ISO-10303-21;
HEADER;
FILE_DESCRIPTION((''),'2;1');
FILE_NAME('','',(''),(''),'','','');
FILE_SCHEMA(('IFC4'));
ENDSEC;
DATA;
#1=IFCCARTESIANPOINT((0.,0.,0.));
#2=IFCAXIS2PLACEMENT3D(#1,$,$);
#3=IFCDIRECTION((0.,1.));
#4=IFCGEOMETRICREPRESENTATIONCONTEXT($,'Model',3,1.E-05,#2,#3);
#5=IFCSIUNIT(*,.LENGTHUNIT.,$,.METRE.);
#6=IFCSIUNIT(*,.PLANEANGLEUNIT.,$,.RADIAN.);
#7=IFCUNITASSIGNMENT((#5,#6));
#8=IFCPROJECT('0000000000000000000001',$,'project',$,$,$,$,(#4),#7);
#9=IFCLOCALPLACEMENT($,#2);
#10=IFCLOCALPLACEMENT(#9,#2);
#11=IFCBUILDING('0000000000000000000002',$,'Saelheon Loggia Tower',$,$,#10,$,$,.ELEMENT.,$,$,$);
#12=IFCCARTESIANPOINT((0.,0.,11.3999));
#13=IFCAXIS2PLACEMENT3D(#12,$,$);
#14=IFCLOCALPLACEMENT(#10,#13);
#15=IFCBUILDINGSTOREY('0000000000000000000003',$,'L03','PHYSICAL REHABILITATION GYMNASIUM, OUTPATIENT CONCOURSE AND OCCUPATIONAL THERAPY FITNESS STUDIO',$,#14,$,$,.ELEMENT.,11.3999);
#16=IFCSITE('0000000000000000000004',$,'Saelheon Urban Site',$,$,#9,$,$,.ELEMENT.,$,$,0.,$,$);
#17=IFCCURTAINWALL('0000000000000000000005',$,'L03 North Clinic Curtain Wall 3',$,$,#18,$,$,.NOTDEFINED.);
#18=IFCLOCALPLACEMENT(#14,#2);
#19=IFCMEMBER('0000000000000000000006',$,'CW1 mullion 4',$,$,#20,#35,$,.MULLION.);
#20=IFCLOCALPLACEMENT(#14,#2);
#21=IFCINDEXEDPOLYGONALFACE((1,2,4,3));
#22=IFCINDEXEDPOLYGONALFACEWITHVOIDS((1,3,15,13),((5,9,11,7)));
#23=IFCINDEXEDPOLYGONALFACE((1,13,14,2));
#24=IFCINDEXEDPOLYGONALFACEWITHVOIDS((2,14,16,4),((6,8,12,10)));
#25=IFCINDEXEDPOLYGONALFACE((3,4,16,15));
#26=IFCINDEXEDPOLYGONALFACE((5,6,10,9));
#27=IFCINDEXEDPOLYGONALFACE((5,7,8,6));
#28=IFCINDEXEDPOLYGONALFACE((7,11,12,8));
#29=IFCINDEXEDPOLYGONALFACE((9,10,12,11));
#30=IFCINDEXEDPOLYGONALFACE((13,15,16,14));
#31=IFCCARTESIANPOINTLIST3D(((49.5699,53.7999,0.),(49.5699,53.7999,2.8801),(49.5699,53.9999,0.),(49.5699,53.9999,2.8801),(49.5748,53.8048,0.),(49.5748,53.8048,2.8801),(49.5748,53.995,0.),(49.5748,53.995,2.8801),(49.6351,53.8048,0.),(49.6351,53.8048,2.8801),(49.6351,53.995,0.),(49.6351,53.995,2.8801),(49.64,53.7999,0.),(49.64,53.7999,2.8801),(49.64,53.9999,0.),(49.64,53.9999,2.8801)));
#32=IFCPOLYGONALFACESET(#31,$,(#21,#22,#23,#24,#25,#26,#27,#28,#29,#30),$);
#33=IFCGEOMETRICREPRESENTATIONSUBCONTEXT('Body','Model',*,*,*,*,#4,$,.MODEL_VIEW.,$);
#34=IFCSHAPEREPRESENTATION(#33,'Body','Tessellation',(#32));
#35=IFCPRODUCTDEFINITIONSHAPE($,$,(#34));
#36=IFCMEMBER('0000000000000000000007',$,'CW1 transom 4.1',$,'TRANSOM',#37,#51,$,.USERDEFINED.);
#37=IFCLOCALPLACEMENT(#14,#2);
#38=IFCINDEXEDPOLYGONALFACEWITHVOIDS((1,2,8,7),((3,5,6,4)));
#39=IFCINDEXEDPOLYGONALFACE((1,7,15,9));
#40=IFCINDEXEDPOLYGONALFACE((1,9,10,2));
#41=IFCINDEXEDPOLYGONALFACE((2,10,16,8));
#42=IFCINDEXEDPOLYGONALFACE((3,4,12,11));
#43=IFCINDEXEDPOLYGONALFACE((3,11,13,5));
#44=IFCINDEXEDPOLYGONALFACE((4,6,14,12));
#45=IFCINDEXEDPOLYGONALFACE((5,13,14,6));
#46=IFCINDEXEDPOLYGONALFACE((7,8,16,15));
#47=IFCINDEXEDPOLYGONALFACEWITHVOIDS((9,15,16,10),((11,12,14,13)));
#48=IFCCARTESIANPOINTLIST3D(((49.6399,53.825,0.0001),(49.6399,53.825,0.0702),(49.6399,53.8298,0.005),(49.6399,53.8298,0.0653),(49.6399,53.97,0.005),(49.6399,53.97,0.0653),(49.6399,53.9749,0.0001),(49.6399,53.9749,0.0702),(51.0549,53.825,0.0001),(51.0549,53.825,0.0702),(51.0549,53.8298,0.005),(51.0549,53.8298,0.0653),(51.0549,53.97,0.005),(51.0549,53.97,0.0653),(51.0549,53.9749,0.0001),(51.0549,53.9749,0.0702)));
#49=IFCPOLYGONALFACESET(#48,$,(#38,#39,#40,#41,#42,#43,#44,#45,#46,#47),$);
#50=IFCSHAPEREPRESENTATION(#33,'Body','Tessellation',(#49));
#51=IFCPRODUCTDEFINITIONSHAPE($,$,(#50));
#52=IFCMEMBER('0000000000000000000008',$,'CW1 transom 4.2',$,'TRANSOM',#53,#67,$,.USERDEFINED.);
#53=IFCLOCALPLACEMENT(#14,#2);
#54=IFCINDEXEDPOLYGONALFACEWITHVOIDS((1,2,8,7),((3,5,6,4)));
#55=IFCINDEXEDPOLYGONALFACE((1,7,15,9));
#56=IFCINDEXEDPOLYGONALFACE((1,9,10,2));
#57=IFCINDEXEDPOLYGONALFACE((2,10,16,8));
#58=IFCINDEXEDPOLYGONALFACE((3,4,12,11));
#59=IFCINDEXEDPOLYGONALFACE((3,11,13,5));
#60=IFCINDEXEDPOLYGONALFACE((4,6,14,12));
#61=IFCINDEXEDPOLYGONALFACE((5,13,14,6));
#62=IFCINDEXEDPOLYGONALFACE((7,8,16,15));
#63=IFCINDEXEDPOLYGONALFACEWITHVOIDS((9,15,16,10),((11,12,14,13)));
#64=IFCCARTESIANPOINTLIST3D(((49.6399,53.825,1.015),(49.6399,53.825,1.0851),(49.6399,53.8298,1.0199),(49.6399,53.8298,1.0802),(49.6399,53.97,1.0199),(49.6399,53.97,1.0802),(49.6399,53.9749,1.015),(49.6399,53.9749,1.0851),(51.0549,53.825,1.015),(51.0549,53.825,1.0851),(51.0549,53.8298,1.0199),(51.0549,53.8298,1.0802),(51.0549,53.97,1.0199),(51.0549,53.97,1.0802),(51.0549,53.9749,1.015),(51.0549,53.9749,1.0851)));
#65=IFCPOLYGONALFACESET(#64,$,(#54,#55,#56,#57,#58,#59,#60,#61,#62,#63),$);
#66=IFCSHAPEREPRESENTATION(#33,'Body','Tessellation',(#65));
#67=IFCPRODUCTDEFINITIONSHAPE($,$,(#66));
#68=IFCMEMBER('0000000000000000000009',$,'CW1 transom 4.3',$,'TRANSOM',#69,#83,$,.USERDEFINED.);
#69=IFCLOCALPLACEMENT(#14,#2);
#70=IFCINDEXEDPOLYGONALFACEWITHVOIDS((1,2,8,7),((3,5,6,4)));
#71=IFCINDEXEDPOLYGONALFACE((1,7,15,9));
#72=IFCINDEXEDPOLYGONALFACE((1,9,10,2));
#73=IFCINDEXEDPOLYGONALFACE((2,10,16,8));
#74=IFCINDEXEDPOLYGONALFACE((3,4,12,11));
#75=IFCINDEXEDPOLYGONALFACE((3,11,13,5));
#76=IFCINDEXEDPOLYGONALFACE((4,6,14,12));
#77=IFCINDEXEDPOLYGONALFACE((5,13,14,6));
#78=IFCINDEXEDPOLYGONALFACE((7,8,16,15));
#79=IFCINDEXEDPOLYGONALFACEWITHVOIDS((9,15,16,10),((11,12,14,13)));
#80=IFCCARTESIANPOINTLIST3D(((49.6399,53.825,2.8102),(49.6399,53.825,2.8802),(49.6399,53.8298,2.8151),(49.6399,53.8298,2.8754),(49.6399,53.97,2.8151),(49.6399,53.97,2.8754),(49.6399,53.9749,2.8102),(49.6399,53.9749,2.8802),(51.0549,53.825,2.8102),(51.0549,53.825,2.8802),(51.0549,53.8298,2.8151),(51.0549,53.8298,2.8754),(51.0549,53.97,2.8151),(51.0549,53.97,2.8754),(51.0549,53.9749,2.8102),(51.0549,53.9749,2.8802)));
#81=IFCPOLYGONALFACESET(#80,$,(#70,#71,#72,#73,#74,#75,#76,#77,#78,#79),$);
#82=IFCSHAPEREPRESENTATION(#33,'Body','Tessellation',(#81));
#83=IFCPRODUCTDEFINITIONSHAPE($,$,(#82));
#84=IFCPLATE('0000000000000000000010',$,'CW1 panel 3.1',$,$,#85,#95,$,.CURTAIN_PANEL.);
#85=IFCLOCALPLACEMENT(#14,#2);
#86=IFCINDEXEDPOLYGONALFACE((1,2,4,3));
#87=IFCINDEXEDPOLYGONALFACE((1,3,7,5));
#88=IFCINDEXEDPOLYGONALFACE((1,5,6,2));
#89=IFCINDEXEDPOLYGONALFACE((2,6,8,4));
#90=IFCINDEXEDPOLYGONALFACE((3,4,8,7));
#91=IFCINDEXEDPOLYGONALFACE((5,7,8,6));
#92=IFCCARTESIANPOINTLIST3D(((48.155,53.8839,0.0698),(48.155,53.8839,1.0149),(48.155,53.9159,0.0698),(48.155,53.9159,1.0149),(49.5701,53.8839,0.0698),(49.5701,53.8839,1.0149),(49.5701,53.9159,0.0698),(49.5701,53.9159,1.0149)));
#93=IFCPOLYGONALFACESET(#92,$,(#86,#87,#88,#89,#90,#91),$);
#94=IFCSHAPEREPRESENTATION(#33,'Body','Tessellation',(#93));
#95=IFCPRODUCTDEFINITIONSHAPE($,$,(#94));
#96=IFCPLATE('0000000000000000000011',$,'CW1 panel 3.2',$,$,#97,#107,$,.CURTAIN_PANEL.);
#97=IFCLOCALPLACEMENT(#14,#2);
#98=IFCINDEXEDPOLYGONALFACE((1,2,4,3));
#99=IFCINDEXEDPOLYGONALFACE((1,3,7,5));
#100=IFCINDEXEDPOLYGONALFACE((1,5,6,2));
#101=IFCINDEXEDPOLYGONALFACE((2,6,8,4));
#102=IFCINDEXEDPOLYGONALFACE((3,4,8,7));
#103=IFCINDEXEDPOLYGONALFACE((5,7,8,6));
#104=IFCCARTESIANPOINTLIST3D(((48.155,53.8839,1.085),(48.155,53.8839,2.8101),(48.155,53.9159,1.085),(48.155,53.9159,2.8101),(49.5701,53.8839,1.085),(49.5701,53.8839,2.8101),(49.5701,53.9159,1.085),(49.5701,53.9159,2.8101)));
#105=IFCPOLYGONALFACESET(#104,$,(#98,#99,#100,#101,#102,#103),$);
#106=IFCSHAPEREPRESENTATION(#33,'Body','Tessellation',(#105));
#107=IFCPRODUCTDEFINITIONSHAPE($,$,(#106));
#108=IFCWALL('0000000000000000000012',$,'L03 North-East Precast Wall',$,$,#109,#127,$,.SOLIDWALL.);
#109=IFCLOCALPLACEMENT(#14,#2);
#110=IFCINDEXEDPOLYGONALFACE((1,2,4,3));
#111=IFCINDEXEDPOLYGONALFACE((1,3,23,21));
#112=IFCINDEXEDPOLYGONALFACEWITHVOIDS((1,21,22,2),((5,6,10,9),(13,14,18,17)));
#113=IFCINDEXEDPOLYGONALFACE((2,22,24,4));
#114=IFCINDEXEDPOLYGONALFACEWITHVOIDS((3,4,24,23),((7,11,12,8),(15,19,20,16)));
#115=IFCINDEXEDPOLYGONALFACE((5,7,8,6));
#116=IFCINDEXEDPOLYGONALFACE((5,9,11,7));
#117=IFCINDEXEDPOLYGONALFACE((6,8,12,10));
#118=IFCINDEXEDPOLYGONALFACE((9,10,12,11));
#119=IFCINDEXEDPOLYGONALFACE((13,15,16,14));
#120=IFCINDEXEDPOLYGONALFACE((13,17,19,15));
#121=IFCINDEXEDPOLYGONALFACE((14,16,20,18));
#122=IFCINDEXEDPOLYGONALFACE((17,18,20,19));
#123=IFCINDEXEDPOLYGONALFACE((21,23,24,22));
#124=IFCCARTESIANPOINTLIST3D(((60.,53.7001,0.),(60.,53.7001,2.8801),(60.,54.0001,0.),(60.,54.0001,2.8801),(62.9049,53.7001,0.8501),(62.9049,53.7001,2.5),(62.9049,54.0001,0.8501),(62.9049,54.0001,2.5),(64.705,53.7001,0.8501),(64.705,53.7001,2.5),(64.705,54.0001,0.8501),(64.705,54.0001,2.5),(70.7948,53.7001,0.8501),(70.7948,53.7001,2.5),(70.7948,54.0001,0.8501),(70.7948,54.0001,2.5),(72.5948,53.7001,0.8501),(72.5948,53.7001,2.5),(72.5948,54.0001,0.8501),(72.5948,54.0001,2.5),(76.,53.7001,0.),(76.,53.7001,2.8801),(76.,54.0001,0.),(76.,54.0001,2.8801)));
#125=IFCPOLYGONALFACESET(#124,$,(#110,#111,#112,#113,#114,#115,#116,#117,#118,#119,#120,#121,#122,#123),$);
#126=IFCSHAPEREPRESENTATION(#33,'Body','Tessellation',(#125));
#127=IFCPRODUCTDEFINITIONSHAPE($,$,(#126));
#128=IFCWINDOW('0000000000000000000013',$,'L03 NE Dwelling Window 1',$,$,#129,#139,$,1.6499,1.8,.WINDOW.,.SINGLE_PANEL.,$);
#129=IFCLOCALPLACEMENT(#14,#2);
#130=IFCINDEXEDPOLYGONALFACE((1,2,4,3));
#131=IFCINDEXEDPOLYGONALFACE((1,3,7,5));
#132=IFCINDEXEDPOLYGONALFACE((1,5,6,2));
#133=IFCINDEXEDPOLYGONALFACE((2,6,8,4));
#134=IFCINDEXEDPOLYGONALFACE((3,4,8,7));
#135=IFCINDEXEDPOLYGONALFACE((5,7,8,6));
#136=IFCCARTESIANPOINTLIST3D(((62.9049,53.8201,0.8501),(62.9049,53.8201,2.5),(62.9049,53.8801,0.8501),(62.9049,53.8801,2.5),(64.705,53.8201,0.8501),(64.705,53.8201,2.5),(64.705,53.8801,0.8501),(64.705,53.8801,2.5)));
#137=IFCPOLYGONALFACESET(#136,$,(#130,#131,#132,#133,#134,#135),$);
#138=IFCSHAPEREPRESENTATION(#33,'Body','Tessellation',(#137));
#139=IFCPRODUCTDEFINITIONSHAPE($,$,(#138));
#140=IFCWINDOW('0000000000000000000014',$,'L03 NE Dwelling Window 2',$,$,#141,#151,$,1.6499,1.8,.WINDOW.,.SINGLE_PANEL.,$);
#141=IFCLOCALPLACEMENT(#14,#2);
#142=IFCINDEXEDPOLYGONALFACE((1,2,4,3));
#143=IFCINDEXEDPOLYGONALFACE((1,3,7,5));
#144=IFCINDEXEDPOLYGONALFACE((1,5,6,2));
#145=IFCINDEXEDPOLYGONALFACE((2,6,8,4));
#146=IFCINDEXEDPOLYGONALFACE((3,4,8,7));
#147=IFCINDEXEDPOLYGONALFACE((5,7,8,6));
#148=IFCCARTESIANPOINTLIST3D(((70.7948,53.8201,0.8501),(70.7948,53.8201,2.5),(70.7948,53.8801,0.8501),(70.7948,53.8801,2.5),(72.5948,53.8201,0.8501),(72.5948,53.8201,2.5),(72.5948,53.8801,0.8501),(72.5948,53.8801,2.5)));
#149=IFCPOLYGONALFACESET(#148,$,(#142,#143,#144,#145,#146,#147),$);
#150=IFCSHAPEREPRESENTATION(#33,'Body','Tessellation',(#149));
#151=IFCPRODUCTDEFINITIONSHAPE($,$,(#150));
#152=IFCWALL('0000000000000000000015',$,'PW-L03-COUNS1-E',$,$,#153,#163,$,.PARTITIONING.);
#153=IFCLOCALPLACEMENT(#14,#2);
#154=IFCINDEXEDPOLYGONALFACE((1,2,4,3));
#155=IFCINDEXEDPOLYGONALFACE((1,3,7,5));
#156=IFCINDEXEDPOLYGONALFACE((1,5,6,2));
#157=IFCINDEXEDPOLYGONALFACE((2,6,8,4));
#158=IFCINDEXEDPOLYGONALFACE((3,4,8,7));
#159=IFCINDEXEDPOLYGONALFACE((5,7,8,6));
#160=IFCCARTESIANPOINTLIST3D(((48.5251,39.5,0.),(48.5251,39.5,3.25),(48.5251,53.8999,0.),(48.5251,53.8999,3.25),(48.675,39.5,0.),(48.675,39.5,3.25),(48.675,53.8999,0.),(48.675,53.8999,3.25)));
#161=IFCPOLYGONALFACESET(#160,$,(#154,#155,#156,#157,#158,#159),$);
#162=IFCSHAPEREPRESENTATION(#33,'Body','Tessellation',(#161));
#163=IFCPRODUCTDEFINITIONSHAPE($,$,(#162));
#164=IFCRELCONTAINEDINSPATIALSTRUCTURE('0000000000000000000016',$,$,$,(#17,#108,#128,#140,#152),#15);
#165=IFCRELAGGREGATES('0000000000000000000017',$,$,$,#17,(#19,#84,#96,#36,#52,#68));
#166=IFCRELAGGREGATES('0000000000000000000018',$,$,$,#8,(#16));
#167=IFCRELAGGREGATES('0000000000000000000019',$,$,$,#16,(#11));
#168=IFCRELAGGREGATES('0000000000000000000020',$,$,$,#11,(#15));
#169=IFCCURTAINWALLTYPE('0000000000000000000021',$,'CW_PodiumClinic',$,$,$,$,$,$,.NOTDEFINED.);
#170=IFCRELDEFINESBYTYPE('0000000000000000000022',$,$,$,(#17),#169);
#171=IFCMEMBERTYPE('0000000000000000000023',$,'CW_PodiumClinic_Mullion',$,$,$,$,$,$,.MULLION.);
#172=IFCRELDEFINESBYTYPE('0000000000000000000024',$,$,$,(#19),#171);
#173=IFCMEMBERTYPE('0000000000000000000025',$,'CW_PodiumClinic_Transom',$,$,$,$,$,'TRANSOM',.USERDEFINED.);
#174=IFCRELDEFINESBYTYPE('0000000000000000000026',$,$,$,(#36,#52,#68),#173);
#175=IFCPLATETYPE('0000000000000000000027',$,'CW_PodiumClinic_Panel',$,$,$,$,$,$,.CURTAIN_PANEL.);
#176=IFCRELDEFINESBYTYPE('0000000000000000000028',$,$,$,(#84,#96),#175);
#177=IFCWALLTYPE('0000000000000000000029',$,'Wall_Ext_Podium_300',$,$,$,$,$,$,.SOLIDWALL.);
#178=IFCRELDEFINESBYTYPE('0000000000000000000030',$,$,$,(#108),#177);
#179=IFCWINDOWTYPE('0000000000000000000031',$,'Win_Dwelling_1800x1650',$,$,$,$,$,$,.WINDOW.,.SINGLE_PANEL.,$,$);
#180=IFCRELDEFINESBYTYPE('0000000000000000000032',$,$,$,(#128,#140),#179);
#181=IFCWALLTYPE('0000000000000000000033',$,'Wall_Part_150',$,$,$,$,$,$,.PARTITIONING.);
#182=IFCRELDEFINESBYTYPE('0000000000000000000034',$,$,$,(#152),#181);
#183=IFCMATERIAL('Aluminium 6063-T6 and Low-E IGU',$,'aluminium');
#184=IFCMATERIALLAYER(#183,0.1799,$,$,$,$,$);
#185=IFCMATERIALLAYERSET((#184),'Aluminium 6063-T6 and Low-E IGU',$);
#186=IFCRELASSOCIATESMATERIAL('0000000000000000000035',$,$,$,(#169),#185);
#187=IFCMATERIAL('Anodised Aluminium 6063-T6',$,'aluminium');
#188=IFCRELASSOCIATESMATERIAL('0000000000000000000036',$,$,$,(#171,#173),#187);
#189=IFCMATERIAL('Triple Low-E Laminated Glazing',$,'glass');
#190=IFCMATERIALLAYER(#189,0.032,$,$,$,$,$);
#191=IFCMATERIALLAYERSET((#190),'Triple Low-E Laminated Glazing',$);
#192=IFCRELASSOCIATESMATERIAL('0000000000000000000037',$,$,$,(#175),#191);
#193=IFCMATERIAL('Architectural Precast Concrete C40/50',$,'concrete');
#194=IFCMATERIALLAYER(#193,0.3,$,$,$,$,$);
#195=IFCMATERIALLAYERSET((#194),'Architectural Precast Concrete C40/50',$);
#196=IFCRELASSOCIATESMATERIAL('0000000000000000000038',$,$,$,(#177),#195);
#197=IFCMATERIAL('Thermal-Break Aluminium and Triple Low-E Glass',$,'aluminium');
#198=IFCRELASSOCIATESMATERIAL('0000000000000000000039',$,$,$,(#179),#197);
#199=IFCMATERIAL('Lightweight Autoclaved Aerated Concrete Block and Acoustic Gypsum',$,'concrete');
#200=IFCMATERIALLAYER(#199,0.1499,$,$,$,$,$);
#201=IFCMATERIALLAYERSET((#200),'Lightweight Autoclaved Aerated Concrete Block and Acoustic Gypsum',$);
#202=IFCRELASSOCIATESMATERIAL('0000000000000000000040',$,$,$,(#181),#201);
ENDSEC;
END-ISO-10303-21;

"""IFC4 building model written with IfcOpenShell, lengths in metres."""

from ifc_helpers import new_model, si_unit, direction, frame, frame_2d, origin, origin_2d, place, context, subcontext, project, spatial, rectangle, hollow_rectangle, extrude, source, transform, mapped, material, layer, layer_set, material_profile, profile_set, type_object, element, fill, aggregate, save


model = new_model("IFC4")

# Units and contexts
model_context = context("Model", 3, precision=1e-05, world=origin(), true_north=direction((0.0, 1.0)))
body_context = subcontext(model_context, "Body", "Model", "MODEL_VIEW")
ifc_project = project(units=[si_unit("LENGTHUNIT", "METRE"), si_unit("PLANEANGLEUNIT", "RADIAN")], contexts=[model_context])

# Site, building, storey
site_placement = place(None, origin())
site = spatial("IfcSite", under=ifc_project, at=site_placement, Name="Saelheon Urban Site", CompositionType="ELEMENT", RefElevation=0.0)
building_placement = place(site_placement, origin())
building = spatial("IfcBuilding", under=site, at=building_placement, Name="Saelheon Loggia Tower", CompositionType="ELEMENT")
storey_placement = place(building_placement, frame((0.0, 0.0, 11.3999)))
storey = spatial("IfcBuildingStorey", under=building, at=storey_placement, Name="L03", Description="PHYSICAL REHABILITATION GYMNASIUM, OUTPATIENT CONCOURSE AND OCCUPATIONAL THERAPY FITNESS STUDIO", CompositionType="ELEMENT", Elevation=11.3999)

# Curtain wall, members, plates
ifc_material_1 = material(Name="Aluminium 6063-T6 and Low-E IGU", Category="aluminium")
ifc_layer_1 = layer(ifc_material_1, 0.1799)
ifc_layer_set_1 = layer_set([ifc_layer_1], Name="Aluminium 6063-T6 and Low-E IGU")
curtain_wall_type = type_object("IfcCurtainWallType", Name="CW_PodiumClinic", PredefinedType="NOTDEFINED", material=ifc_layer_set_1)
curtain_wall_placement = place(storey_placement, origin())
curtain_wall = element("IfcCurtainWall", 1, at=curtain_wall_placement, inside=storey, type_object=curtain_wall_type, Name="L03 North Clinic Curtain Wall 3", PredefinedType="NOTDEFINED")
ifc_material_2 = material(Name="Anodised Aluminium 6063-T6", Category="aluminium")
ifc_material_profile_1 = material_profile(ifc_material_2, hollow_rectangle(XDim=0.0701, YDim=0.2, WallThickness=0.0049, at=origin_2d()), Name="RHS-200x70x5")
ifc_profile_set_1 = profile_set([ifc_material_profile_1], Name="Anodised Aluminium 6063-T6")
member_type_1 = type_object("IfcMemberType", Name="CW_PodiumClinic_Mullion", PredefinedType="MULLION", material=ifc_profile_set_1)
shared_shape_1 = source(origin(), body_context, "Body", "SweptSolid", [
    extrude(hollow_rectangle(XDim=0.0701, YDim=0.2, WallThickness=0.0049, at=origin_2d()), origin(), (0.0, 0.0, 1.0), 2.8801),
])
member_1_placement = place(storey_placement, frame((49.605, 53.8999, 0.0), z_axis=(0.0, 0.0, 1.0), x_axis=(1.0, 0.0, 0.0)))
member_1 = element("IfcMember", 2, at=member_1_placement, type_object=member_type_1, Name="CW1 mullion 4", PredefinedType="MULLION", context=body_context, shape_type="MappedRepresentation", body=[
    mapped(shared_shape_1, transform((0.0, 0.0, 0.0), scale=1.0)),
])
ifc_material_profile_2 = material_profile(ifc_material_2, hollow_rectangle(XDim=0.0701, YDim=0.1499, WallThickness=0.0049, at=origin_2d()), Name="RHS-150x70x5")
ifc_profile_set_2 = profile_set([ifc_material_profile_2], Name="Anodised Aluminium 6063-T6")
member_type_2 = type_object("IfcMemberType", Name="CW_PodiumClinic_Transom", ElementType="TRANSOM", PredefinedType="USERDEFINED", material=ifc_profile_set_2)
shared_shape_2 = source(origin(), body_context, "Body", "SweptSolid", [
    extrude(hollow_rectangle(XDim=0.0701, YDim=0.1499, WallThickness=0.0049, at=origin_2d()), origin(), (0.0, 0.0, 1.0), 1.415),
])
member_2_placement = place(storey_placement, frame((49.6399, 53.8999, 0.0352), z_axis=(1.0, 0.0, 0.0), x_axis=(0.0, 0.0, 1.0)))
member_2 = element("IfcMember", 3, at=member_2_placement, type_object=member_type_2, Name="CW1 transom 4.1", ObjectType="TRANSOM", PredefinedType="USERDEFINED", context=body_context, shape_type="MappedRepresentation", body=[
    mapped(shared_shape_2, transform((0.0, 0.0, 0.0), scale=1.0)),
])
member_3_placement = place(storey_placement, frame((49.6399, 53.8999, 1.05), z_axis=(1.0, 0.0, 0.0), x_axis=(0.0, 0.0, 1.0)))
member_3 = element("IfcMember", 4, at=member_3_placement, type_object=member_type_2, Name="CW1 transom 4.2", ObjectType="TRANSOM", PredefinedType="USERDEFINED", context=body_context, shape_type="MappedRepresentation", body=[
    mapped(shared_shape_2, transform((0.0, 0.0, 0.0), scale=1.0)),
])
member_4_placement = place(storey_placement, frame((49.6399, 53.8999, 2.8452), z_axis=(1.0, 0.0, 0.0), x_axis=(0.0, 0.0, 1.0)))
member_4 = element("IfcMember", 5, at=member_4_placement, type_object=member_type_2, Name="CW1 transom 4.3", ObjectType="TRANSOM", PredefinedType="USERDEFINED", context=body_context, shape_type="MappedRepresentation", body=[
    mapped(shared_shape_2, transform((0.0, 0.0, 0.0), scale=1.0)),
])
ifc_material_3 = material(Name="Triple Low-E Laminated Glazing", Category="glass")
ifc_layer_2 = layer(ifc_material_3, 0.032)
ifc_layer_set_2 = layer_set([ifc_layer_2], Name="Triple Low-E Laminated Glazing")
plate_type = type_object("IfcPlateType", Name="CW_PodiumClinic_Panel", PredefinedType="CURTAIN_PANEL", material=ifc_layer_set_2)
shared_shape_3 = source(origin(), body_context, "Body", "SweptSolid", [
    extrude(rectangle(XDim=1.415, YDim=0.032, at=origin_2d()), origin(), (0.0, 0.0, 1.0), 0.9451),
])
plate_1_placement = place(storey_placement, frame((48.8625, 53.8999, 0.0698), z_axis=(0.0, 0.0, 1.0), x_axis=(1.0, 0.0, 0.0)))
plate_1 = element("IfcPlate", 6, at=plate_1_placement, type_object=plate_type, Name="CW1 panel 3.1", PredefinedType="CURTAIN_PANEL", context=body_context, shape_type="MappedRepresentation", body=[
    mapped(shared_shape_3, transform((0.0, 0.0, 0.0), scale=1.0)),
])
shared_shape_4 = source(origin(), body_context, "Body", "SweptSolid", [
    extrude(rectangle(XDim=1.415, YDim=0.032, at=origin_2d()), origin(), (0.0, 0.0, 1.0), 1.7251),
])
plate_2_placement = place(storey_placement, frame((48.8625, 53.8999, 1.085), z_axis=(0.0, 0.0, 1.0), x_axis=(1.0, 0.0, 0.0)))
plate_2 = element("IfcPlate", 7, at=plate_2_placement, type_object=plate_type, Name="CW1 panel 3.2", PredefinedType="CURTAIN_PANEL", context=body_context, shape_type="MappedRepresentation", body=[
    mapped(shared_shape_4, transform((0.0, 0.0, 0.0), scale=1.0)),
])
aggregate(curtain_wall, [member_1, plate_1, plate_2, member_2, member_3, member_4])

# Wall, openings, windows
ifc_material_4 = material(Name="Architectural Precast Concrete C40/50", Category="concrete")
ifc_layer_3 = layer(ifc_material_4, 0.3)
ifc_layer_set_3 = layer_set([ifc_layer_3], Name="Architectural Precast Concrete C40/50")
wall_type_1 = type_object("IfcWallType", Name="Wall_Ext_Podium_300", PredefinedType="SOLIDWALL", material=ifc_layer_set_3)
wall_1_placement = place(storey_placement, frame((60.0, 53.8501, 0.0), z_axis=(0.0, 0.0, 1.0), x_axis=(1.0, 0.0, 0.0)))
wall_1 = element("IfcWall", 8, at=wall_1_placement, inside=storey, type_object=wall_type_1, Name="L03 North-East Precast Wall", PredefinedType="SOLIDWALL", context=body_context, shape_type="SweptSolid", body=[
    extrude(rectangle(XDim=16.0, YDim=0.3, at=frame_2d((8.0, 0.0))), origin(), (0.0, 0.0, 1.0), 2.8801),
])
opening_1_placement = place(wall_1_placement, frame((2.905, 0.0, 0.8501)))
opening_1 = element("IfcOpeningElement", 9, at=opening_1_placement, cuts=wall_1, PredefinedType="OPENING", context=body_context, shape_type="SweptSolid", body=[
    extrude(rectangle(XDim=1.8, YDim=1.6499, at=frame_2d((0.8999, 0.825))), frame((0.0, 0.1621, 0.0), z_axis=(0.0, -1.0, 0.0), x_axis=(1.0, 0.0, 0.0)), (0.0, 0.0, 1.0), 0.324),
])
opening_2_placement = place(wall_1_placement, frame((10.7949, 0.0, 0.8501)))
opening_2 = element("IfcOpeningElement", 10, at=opening_2_placement, cuts=wall_1, PredefinedType="OPENING", context=body_context, shape_type="SweptSolid", body=[
    extrude(rectangle(XDim=1.8, YDim=1.6499, at=frame_2d((0.8999, 0.825))), frame((0.0, 0.1621, 0.0), z_axis=(0.0, -1.0, 0.0), x_axis=(1.0, 0.0, 0.0)), (0.0, 0.0, 1.0), 0.324),
])
ifc_material_5 = material(Name="Thermal-Break Aluminium and Triple Low-E Glass", Category="aluminium")
window_type = type_object("IfcWindowType", Name="Win_Dwelling_1800x1650", PartitioningType="SINGLE_PANEL", PredefinedType="WINDOW", material=ifc_material_5)
shared_shape_5 = source(origin(), body_context, "Body", "SweptSolid", [
    extrude(rectangle(XDim=1.8, YDim=1.6499, at=frame_2d((0.8999, 0.825))), frame((0.0, 0.03, 0.0), z_axis=(0.0, -1.0, 0.0), x_axis=(1.0, 0.0, 0.0)), (0.0, 0.0, 1.0), 0.0601),
])
window_1_placement = place(opening_1_placement, origin())
window_1 = element("IfcWindow", 11, at=window_1_placement, inside=storey, type_object=window_type, Name="L03 NE Dwelling Window 1", OverallHeight=1.6499, OverallWidth=1.8, PartitioningType="SINGLE_PANEL", PredefinedType="WINDOW", context=body_context, shape_type="MappedRepresentation", body=[
    mapped(shared_shape_5, transform((0.0, 0.0, 0.0), scale=1.0)),
])
fill(opening_1, window_1)
window_2_placement = place(opening_2_placement, origin())
window_2 = element("IfcWindow", 12, at=window_2_placement, inside=storey, type_object=window_type, Name="L03 NE Dwelling Window 2", OverallHeight=1.6499, OverallWidth=1.8, PartitioningType="SINGLE_PANEL", PredefinedType="WINDOW", context=body_context, shape_type="MappedRepresentation", body=[
    mapped(shared_shape_5, transform((0.0, 0.0, 0.0), scale=1.0)),
])
fill(opening_2, window_2)

# Wall
ifc_material_6 = material(Name="Lightweight Autoclaved Aerated Concrete Block and Acoustic Gypsum", Category="concrete")
ifc_layer_4 = layer(ifc_material_6, 0.1499)
ifc_layer_set_4 = layer_set([ifc_layer_4], Name="Lightweight Autoclaved Aerated Concrete Block and Acoustic Gypsum")
wall_type_2 = type_object("IfcWallType", Name="Wall_Part_150", PredefinedType="PARTITIONING", material=ifc_layer_set_4)
wall_2_placement = place(storey_placement, frame((48.6001, 39.5, 0.0), z_axis=(0.0, 0.0, 1.0), x_axis=(0.0, 1.0, 0.0)))
element("IfcWall", 13, at=wall_2_placement, inside=storey, type_object=wall_type_2, Name="PW-L03-COUNS1-E", PredefinedType="PARTITIONING", context=body_context, shape_type="SweptSolid", body=[
    extrude(rectangle(XDim=14.3999, YDim=0.1499, at=frame_2d((7.2, 0.0))), origin(), (0.0, 0.0, 1.0), 3.25),
])

save(model, "model.ifc")
